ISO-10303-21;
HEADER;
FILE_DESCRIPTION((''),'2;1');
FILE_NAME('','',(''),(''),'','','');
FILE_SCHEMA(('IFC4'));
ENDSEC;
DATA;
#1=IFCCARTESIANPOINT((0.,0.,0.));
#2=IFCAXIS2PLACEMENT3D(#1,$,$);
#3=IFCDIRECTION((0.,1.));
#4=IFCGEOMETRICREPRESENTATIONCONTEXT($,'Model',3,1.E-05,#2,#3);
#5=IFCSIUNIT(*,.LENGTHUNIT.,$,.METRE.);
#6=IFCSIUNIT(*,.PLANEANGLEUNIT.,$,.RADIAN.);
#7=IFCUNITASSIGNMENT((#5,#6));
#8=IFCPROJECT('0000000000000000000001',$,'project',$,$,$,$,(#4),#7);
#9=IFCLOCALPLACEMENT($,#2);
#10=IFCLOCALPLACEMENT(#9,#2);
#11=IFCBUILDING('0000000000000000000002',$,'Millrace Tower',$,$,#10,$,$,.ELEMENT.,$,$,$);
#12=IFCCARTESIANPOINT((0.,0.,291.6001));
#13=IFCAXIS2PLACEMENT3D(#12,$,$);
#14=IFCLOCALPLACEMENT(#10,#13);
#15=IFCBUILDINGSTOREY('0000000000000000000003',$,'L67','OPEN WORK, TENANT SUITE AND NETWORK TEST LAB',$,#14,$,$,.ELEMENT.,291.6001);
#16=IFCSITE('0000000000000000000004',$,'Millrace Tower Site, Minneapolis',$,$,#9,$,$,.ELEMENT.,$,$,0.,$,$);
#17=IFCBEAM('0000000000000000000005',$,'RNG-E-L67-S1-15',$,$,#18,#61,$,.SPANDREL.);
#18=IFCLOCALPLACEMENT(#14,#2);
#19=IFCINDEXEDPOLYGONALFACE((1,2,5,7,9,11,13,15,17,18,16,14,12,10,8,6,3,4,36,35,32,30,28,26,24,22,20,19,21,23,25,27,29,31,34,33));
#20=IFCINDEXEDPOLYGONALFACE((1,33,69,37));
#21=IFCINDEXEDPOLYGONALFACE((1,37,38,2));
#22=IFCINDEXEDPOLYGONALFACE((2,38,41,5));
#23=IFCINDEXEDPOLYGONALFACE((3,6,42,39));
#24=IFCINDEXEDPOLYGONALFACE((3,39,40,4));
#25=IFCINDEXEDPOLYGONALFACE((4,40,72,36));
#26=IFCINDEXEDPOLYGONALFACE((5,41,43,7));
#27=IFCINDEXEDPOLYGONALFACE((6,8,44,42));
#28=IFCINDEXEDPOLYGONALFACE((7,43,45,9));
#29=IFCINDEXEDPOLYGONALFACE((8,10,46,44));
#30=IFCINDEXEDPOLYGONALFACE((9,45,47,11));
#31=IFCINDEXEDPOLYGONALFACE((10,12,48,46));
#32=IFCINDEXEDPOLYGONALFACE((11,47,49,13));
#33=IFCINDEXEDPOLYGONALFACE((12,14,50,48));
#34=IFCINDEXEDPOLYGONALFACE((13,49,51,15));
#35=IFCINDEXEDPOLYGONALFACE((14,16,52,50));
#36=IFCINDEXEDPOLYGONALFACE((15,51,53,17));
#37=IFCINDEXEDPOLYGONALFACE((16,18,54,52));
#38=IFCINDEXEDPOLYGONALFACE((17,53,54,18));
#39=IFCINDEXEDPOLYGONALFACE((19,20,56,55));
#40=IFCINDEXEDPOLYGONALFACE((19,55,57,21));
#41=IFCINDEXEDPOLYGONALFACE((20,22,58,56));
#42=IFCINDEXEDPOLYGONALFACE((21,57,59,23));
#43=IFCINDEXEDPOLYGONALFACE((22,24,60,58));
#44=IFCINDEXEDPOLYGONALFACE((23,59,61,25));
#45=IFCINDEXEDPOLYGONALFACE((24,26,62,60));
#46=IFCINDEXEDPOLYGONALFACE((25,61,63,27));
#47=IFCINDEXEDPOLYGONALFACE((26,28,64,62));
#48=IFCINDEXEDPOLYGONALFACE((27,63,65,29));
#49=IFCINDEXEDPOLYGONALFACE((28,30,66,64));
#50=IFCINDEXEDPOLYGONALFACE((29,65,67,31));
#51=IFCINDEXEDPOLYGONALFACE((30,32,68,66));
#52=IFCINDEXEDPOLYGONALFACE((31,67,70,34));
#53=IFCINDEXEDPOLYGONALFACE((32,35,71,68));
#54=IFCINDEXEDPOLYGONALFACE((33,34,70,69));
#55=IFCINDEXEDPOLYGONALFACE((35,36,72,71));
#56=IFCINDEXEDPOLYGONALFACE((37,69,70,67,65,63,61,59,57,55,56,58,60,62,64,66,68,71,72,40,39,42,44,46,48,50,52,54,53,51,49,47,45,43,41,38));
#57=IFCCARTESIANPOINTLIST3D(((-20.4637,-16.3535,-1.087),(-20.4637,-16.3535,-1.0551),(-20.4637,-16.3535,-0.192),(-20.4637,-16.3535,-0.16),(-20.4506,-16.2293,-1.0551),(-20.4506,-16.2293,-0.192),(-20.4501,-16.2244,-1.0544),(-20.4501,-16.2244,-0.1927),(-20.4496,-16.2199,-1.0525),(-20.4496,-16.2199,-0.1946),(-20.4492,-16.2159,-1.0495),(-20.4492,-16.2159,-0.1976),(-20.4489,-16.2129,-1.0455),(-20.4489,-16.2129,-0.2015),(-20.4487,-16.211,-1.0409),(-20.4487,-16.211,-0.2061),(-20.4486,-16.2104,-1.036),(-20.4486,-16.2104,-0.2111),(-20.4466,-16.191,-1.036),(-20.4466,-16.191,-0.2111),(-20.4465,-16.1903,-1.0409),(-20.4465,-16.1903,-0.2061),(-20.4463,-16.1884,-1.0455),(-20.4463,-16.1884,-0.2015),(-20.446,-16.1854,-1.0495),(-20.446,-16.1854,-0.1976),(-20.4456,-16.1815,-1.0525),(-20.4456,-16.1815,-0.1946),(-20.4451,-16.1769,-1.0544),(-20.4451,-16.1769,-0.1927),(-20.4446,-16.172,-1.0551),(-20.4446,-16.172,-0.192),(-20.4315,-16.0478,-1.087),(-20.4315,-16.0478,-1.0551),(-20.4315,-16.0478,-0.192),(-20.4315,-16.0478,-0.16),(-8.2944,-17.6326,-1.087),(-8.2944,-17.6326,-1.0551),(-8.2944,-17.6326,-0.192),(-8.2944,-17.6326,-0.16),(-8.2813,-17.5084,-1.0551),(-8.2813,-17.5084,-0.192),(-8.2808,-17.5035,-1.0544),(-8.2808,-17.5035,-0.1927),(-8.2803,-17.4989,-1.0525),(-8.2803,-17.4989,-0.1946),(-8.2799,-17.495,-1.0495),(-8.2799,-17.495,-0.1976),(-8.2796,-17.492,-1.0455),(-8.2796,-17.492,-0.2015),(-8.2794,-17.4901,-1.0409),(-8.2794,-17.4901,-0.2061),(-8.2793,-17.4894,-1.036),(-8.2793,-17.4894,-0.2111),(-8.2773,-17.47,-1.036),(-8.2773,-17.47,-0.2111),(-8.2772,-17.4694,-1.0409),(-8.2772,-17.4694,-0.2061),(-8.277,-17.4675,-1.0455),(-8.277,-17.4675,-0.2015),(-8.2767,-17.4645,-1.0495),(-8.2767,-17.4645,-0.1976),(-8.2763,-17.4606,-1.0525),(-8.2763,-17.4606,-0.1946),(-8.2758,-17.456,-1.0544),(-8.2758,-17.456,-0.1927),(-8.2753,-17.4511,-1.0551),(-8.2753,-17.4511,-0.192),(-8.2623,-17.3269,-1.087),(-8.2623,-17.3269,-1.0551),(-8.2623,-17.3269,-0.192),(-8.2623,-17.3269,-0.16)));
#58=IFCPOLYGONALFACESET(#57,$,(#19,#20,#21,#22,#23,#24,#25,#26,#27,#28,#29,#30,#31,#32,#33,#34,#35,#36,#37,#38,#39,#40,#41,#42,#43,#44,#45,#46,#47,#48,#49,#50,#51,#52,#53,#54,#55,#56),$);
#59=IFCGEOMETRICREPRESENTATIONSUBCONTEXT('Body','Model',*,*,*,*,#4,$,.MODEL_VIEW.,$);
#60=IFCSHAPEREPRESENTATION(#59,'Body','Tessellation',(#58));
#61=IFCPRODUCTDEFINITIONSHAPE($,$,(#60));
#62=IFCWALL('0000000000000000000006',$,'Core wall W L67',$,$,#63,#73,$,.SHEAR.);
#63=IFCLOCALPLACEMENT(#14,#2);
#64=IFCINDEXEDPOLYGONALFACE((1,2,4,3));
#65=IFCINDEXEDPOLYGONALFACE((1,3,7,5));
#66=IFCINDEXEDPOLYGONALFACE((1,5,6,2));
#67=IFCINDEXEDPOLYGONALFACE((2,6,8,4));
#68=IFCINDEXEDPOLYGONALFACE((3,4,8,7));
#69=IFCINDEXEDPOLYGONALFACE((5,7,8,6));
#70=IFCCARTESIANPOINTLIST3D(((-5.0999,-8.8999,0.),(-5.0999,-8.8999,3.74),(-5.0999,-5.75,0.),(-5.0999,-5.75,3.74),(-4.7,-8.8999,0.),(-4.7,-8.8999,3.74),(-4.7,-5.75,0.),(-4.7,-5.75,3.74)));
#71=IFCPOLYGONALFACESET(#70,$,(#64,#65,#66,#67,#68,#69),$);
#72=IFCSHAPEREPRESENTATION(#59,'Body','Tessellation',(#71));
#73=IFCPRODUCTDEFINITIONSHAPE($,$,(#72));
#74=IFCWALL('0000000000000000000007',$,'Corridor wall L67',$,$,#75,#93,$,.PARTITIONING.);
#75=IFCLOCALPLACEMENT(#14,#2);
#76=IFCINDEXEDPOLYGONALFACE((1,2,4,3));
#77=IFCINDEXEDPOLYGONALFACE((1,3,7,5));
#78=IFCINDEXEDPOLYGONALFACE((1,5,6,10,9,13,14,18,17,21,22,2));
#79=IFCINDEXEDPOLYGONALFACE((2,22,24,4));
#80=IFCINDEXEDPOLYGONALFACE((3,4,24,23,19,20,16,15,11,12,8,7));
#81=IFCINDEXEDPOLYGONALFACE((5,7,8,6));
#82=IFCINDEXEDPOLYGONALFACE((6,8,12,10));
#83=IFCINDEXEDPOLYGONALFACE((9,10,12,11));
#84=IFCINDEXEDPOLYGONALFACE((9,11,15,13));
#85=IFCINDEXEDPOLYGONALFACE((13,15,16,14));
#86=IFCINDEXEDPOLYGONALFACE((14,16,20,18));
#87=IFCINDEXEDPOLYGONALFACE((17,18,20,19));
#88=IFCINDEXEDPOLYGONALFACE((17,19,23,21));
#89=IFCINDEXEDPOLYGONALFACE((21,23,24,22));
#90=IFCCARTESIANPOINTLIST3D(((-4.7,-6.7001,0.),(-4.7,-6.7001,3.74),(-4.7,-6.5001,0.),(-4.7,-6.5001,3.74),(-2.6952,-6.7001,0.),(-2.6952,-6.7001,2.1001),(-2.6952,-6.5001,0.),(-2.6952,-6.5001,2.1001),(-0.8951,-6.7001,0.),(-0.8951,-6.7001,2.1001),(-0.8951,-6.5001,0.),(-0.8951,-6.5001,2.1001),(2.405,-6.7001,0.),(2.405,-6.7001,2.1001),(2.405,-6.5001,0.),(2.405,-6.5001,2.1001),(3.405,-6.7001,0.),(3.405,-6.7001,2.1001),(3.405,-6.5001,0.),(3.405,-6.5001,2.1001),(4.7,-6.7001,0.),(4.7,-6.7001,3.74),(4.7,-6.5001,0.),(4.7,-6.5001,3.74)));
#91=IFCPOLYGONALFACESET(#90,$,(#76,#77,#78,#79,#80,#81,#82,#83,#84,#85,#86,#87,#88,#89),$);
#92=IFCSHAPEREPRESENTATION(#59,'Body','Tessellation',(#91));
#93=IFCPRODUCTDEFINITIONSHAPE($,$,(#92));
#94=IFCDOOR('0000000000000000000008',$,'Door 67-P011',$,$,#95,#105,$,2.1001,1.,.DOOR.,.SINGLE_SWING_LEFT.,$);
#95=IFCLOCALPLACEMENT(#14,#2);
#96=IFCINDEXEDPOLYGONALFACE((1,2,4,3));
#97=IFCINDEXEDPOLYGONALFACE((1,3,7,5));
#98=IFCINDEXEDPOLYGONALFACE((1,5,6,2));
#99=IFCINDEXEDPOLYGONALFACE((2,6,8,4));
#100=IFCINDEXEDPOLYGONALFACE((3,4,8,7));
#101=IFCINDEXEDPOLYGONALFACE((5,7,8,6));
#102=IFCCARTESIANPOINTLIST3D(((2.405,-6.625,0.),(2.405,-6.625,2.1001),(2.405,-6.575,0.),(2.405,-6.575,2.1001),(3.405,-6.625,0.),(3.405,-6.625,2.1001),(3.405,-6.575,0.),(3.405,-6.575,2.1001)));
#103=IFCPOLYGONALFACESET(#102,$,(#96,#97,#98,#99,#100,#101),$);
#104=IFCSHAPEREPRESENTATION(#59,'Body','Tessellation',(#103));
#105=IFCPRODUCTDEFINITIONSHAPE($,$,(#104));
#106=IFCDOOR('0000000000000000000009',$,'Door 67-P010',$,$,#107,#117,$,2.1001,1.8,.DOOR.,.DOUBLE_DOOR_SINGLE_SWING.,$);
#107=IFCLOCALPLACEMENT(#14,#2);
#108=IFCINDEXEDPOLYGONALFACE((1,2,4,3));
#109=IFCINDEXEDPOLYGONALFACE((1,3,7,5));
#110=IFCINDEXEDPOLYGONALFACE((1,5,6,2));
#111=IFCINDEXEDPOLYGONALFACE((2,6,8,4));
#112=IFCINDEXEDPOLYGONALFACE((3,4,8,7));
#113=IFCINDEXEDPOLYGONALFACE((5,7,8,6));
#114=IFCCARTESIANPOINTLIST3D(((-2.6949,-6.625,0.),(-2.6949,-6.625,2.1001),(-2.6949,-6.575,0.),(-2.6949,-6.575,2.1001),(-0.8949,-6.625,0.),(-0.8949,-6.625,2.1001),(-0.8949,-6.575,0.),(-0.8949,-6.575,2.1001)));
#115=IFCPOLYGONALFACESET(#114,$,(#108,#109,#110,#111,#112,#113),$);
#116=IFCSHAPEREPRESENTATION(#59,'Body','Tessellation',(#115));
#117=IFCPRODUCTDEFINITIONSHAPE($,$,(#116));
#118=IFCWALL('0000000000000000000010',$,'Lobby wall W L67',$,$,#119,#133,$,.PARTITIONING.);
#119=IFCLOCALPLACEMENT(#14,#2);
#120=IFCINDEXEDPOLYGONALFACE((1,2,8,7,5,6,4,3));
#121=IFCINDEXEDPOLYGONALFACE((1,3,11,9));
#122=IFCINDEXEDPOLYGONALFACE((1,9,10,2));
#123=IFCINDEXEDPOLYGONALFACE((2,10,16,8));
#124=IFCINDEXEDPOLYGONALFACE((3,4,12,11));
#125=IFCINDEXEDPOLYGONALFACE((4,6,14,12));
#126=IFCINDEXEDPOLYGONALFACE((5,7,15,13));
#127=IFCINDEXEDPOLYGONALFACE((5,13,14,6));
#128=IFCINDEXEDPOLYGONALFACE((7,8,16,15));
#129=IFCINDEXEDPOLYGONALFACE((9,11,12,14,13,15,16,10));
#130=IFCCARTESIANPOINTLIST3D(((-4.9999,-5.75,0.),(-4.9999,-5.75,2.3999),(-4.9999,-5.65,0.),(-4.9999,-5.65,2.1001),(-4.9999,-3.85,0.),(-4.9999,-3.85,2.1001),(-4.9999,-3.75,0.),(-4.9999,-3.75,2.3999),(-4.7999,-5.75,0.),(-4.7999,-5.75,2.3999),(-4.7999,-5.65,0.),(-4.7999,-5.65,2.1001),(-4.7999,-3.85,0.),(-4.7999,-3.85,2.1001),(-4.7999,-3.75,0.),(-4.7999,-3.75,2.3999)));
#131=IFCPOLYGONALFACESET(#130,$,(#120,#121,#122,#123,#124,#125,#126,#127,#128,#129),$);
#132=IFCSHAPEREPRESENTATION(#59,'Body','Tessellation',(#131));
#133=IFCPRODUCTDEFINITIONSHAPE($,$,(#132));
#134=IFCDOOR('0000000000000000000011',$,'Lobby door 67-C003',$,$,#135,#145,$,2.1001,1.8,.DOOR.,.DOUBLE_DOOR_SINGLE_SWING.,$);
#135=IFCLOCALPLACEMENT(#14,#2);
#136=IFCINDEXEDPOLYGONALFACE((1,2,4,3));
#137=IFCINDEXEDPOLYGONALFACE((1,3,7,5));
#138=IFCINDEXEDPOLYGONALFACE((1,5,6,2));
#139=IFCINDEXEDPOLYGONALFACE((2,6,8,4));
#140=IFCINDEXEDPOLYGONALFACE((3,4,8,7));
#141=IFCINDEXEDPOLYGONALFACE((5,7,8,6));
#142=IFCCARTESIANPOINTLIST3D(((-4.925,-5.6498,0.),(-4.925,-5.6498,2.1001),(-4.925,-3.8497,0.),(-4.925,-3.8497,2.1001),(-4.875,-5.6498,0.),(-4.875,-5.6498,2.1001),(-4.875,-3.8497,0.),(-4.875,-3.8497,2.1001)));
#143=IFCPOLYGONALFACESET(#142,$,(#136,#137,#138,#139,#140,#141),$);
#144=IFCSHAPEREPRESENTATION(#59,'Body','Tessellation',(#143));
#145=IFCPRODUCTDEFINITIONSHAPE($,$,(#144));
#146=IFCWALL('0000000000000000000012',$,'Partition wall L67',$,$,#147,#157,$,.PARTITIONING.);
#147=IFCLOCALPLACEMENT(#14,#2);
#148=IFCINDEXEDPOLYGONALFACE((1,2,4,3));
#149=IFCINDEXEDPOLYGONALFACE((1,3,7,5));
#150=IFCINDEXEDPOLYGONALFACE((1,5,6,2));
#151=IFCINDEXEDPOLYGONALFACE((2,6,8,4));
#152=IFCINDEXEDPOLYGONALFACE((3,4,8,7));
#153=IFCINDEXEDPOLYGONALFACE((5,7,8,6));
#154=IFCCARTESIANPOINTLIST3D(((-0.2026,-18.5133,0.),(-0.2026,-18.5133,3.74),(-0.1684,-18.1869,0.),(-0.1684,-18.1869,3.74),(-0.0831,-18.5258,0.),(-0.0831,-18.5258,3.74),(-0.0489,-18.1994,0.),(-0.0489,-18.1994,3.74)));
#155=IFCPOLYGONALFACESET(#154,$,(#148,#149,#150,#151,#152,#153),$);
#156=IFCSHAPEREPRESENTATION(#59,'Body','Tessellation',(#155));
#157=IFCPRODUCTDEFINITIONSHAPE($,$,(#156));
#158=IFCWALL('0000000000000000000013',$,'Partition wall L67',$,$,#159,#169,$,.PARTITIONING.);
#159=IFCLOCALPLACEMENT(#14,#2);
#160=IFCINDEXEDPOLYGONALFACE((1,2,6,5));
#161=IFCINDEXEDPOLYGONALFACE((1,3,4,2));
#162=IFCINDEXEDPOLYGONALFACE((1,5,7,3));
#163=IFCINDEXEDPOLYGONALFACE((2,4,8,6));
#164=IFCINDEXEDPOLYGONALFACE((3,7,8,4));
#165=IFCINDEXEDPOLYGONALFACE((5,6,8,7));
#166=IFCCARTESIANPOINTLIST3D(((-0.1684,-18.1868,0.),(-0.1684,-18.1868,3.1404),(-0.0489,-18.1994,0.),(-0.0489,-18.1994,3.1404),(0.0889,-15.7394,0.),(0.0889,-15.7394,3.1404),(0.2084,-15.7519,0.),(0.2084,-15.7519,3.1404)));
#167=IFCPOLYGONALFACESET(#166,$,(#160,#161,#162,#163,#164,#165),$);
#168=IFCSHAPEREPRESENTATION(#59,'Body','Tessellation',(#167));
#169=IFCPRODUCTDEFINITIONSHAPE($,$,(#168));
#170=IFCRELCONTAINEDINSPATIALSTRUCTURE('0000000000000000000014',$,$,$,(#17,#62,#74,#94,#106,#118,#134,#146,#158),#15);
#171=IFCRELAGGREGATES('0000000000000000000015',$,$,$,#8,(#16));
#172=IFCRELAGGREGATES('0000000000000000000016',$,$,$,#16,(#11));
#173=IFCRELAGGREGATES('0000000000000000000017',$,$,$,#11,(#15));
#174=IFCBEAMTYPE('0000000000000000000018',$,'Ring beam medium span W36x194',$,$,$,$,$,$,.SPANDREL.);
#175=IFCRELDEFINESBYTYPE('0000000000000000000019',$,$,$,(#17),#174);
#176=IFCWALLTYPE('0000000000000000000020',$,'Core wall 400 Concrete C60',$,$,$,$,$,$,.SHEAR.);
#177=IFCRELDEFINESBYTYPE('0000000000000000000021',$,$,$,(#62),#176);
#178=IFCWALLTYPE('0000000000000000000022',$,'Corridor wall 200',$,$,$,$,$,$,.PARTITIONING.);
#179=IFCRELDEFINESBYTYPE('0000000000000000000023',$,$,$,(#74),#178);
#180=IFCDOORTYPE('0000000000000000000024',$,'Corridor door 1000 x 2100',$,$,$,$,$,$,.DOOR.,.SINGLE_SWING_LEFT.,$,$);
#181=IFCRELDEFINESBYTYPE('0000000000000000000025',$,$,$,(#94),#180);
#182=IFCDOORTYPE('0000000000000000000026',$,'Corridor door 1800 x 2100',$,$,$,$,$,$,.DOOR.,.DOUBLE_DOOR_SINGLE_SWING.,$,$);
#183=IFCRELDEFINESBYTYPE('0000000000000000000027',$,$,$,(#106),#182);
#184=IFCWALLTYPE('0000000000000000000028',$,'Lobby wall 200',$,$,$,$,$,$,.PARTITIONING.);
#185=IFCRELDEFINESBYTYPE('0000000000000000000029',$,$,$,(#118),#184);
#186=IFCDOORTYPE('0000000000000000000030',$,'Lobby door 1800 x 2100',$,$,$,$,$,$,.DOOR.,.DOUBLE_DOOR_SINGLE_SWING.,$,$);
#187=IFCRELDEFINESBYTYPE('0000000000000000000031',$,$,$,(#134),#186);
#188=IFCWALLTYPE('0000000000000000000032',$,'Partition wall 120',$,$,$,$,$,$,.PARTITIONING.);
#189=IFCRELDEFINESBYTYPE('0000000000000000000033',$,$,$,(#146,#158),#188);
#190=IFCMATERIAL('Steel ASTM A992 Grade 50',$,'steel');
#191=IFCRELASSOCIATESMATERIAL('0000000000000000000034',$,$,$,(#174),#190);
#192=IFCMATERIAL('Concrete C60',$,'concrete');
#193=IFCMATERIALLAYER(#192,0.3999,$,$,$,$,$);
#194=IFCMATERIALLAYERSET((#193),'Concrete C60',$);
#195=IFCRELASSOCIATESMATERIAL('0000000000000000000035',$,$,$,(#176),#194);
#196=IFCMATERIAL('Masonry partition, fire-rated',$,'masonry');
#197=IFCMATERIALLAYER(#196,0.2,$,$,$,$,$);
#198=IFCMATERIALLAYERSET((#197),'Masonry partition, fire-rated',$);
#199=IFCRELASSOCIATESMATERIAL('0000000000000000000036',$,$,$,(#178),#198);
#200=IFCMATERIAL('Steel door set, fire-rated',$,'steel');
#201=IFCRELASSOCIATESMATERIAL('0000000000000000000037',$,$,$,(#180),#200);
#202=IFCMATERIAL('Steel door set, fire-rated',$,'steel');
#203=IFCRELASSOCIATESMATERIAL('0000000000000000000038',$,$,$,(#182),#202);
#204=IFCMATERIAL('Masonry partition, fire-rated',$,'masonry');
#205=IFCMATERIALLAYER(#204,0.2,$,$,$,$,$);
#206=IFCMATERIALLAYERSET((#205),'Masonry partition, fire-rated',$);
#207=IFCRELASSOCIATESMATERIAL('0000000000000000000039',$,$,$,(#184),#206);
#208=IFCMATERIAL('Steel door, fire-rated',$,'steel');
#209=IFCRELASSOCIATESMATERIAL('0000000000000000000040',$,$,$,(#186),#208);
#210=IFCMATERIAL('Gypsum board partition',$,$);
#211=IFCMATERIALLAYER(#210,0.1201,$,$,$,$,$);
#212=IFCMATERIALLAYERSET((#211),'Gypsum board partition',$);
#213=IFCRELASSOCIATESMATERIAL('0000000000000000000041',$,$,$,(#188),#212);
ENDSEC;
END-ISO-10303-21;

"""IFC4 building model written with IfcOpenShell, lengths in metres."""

from ifc_helpers import new_model, si_unit, direction, frame, frame_2d, origin, origin_2d, place, context, subcontext, project, spatial, rectangle, i_section, extrude, material, layer, layer_set, material_profile, profile_set, type_object, element, fill, save


model = new_model("IFC4")

# Units and contexts
model_context = context("Model", 3, precision=1e-05, world=origin(), true_north=direction((0.0, 1.0)))
body_context = subcontext(model_context, "Body", "Model", "MODEL_VIEW")
ifc_project = project(units=[si_unit("LENGTHUNIT", "METRE"), si_unit("PLANEANGLEUNIT", "RADIAN")], contexts=[model_context])

# Site, building, storey
site_placement = place(None, origin())
site = spatial("IfcSite", under=ifc_project, at=site_placement, Name="Millrace Tower Site, Minneapolis", CompositionType="ELEMENT", RefElevation=0.0)
building_placement = place(site_placement, origin())
building = spatial("IfcBuilding", under=site, at=building_placement, Name="Millrace Tower", CompositionType="ELEMENT")
storey_placement = place(building_placement, frame((0.0, 0.0, 291.6001)))
storey = spatial("IfcBuildingStorey", under=building, at=storey_placement, Name="L67", Description="OPEN WORK, TENANT SUITE AND NETWORK TEST LAB", CompositionType="ELEMENT", Elevation=291.6001)

# Beam
ifc_material_1 = material(Name="Steel ASTM A992 Grade 50", Category="steel")
ifc_material_profile_1 = material_profile(ifc_material_1, i_section(OverallWidth=0.3074, OverallDepth=0.927, WebThickness=0.0195, FlangeThickness=0.032, FilletRadius=0.019, at=origin_2d()))
ifc_profile_set_1 = profile_set([ifc_material_profile_1], Name="Steel ASTM A992 Grade 50")
beam_type_1 = type_object("IfcBeamType", Name="Ring beam medium span W36x194", PredefinedType="SPANDREL", material=ifc_profile_set_1)
beam_1_placement = place(storey_placement, frame((-8.2783, -17.4797, -0.6235), z_axis=(-0.994522, 0.10453, 0.0), x_axis=(-0.10453, -0.994522, 0.0)))
element("IfcBeam", 1, at=beam_1_placement, inside=storey, type_object=beam_type_1, Name="RNG-E-L67-S1-15", PredefinedType="SPANDREL", context=body_context, shape_type="SweptSolid", body=[
    extrude(i_section(OverallWidth=0.3074, OverallDepth=0.927, WebThickness=0.0195, FlangeThickness=0.032, FilletRadius=0.019, at=origin_2d()), origin(), (0.0, 0.0, 1.0), 12.2363),
])

# Wall
ifc_material_2 = material(Name="Concrete C60", Category="concrete")
ifc_layer_1 = layer(ifc_material_2, 0.3999)
ifc_layer_set_1 = layer_set([ifc_layer_1], Name="Concrete C60")
wall_type_1 = type_object("IfcWallType", Name="Core wall 400 Concrete C60", PredefinedType="SHEAR", material=ifc_layer_set_1)
wall_1_placement = place(storey_placement, frame((-4.8999, -8.8999, 0.0), z_axis=(0.0, 0.0, 1.0), x_axis=(0.0, 1.0, 0.0)))
element("IfcWall", 2, at=wall_1_placement, inside=storey, type_object=wall_type_1, Name="Core wall W L67", PredefinedType="SHEAR", context=body_context, shape_type="SweptSolid", body=[
    extrude(rectangle(XDim=3.1499, YDim=0.3999, at=frame_2d((1.575, 0.0))), origin(), (0.0, 0.0, 1.0), 3.74),
])

# Wall, openings, doors
ifc_material_3 = material(Name="Masonry partition, fire-rated", Category="masonry")
ifc_layer_2 = layer(ifc_material_3, 0.2)
ifc_layer_set_2 = layer_set([ifc_layer_2], Name="Masonry partition, fire-rated")
wall_type_2 = type_object("IfcWallType", Name="Corridor wall 200", PredefinedType="PARTITIONING", material=ifc_layer_set_2)
wall_2_placement = place(storey_placement, frame((-4.7, -6.6001, 0.0), z_axis=(0.0, 0.0, 1.0), x_axis=(1.0, 0.0, 0.0)))
wall_2 = element("IfcWall", 3, at=wall_2_placement, inside=storey, type_object=wall_type_2, Name="Corridor wall L67", PredefinedType="PARTITIONING", context=body_context, shape_type="SweptSolid", body=[
    extrude(rectangle(XDim=9.3999, YDim=0.2, at=frame_2d((4.7, 0.0))), origin(), (0.0, 0.0, 1.0), 3.74),
])
opening_1_placement = place(wall_2_placement, frame((2.0049, 0.0, 0.0)))
opening_1 = element("IfcOpeningElement", 4, at=opening_1_placement, cuts=wall_2, PredefinedType="OPENING", context=body_context, shape_type="SweptSolid", body=[
    extrude(rectangle(XDim=1.8, YDim=2.1001, at=frame_2d((0.8999, 1.05))), frame((0.0, 0.1099, 0.0), z_axis=(0.0, -1.0, 0.0), x_axis=(1.0, 0.0, 0.0)), (0.0, 0.0, 1.0), 0.22),
])
opening_2_placement = place(wall_2_placement, frame((7.105, 0.0, 0.0)))
opening_2 = element("IfcOpeningElement", 5, at=opening_2_placement, cuts=wall_2, PredefinedType="OPENING", context=body_context, shape_type="SweptSolid", body=[
    extrude(rectangle(XDim=1.0, YDim=2.1001, at=frame_2d((0.5, 1.05))), frame((0.0, 0.1099, 0.0), z_axis=(0.0, -1.0, 0.0), x_axis=(1.0, 0.0, 0.0)), (0.0, 0.0, 1.0), 0.22),
])
ifc_material_4 = material(Name="Steel door set, fire-rated", Category="steel")
door_type_1 = type_object("IfcDoorType", Name="Corridor door 1000 x 2100", OperationType="SINGLE_SWING_LEFT", PredefinedType="DOOR", material=ifc_material_4)
door_1_placement = place(opening_2_placement, frame((1.0, 0.0, 0.0), z_axis=(0.0, 0.0, 1.0), x_axis=(-1.0, 0.0, 0.0)))
door_1 = element("IfcDoor", 6, at=door_1_placement, inside=storey, type_object=door_type_1, Name="Door 67-P011", OperationType="SINGLE_SWING_LEFT", OverallHeight=2.1001, OverallWidth=1.0, PredefinedType="DOOR", context=body_context, shape_type="SweptSolid", body=[
    extrude(rectangle(XDim=1.0, YDim=2.1001, at=frame_2d((0.5, 1.05))), frame((0.0, 0.0249, 0.0), z_axis=(0.0, -1.0, 0.0), x_axis=(1.0, 0.0, 0.0)), (0.0, 0.0, 1.0), 0.05),
])
fill(opening_2, door_1)
ifc_material_5 = material(Name="Steel door set, fire-rated", Category="steel")
door_type_2 = type_object("IfcDoorType", Name="Corridor door 1800 x 2100", OperationType="DOUBLE_DOOR_SINGLE_SWING", PredefinedType="DOOR", material=ifc_material_5)
door_2_placement = place(opening_1_placement, frame((1.8, 0.0, 0.0), z_axis=(0.0, 0.0, 1.0), x_axis=(-1.0, 0.0, 0.0)))
door_2 = element("IfcDoor", 7, at=door_2_placement, inside=storey, type_object=door_type_2, Name="Door 67-P010", OperationType="DOUBLE_DOOR_SINGLE_SWING", OverallHeight=2.1001, OverallWidth=1.8, PredefinedType="DOOR", context=body_context, shape_type="SweptSolid", body=[
    extrude(rectangle(XDim=1.8, YDim=2.1001, at=frame_2d((0.8999, 1.05))), frame((0.0, 0.0249, 0.0), z_axis=(0.0, -1.0, 0.0), x_axis=(1.0, 0.0, 0.0)), (0.0, 0.0, 1.0), 0.05),
])
fill(opening_1, door_2)

# Wall, opening, door
ifc_material_6 = material(Name="Masonry partition, fire-rated", Category="masonry")
ifc_layer_3 = layer(ifc_material_6, 0.2)
ifc_layer_set_3 = layer_set([ifc_layer_3], Name="Masonry partition, fire-rated")
wall_type_3 = type_object("IfcWallType", Name="Lobby wall 200", PredefinedType="PARTITIONING", material=ifc_layer_set_3)
wall_3_placement = place(storey_placement, frame((-4.8999, -5.75, 0.0), z_axis=(0.0, 0.0, 1.0), x_axis=(0.0, 1.0, 0.0)))
wall_3 = element("IfcWall", 8, at=wall_3_placement, inside=storey, type_object=wall_type_3, Name="Lobby wall W L67", PredefinedType="PARTITIONING", context=body_context, shape_type="SweptSolid", body=[
    extrude(rectangle(XDim=2.0, YDim=0.2, at=frame_2d((1.0, 0.0))), origin(), (0.0, 0.0, 1.0), 2.3999),
])
opening_3_placement = place(wall_3_placement, frame((0.1001, 0.0, 0.0)))
opening_3 = element("IfcOpeningElement", 9, at=opening_3_placement, cuts=wall_3, PredefinedType="OPENING", context=body_context, shape_type="SweptSolid", body=[
    extrude(rectangle(XDim=1.8, YDim=2.1001, at=frame_2d((0.8999, 1.05))), frame((0.0, 0.1099, 0.0), z_axis=(0.0, -1.0, 0.0), x_axis=(1.0, 0.0, 0.0)), (0.0, 0.0, 1.0), 0.22),
])
ifc_material_7 = material(Name="Steel door, fire-rated", Category="steel")
door_type_3 = type_object("IfcDoorType", Name="Lobby door 1800 x 2100", OperationType="DOUBLE_DOOR_SINGLE_SWING", PredefinedType="DOOR", material=ifc_material_7)
door_3_placement = place(opening_3_placement, frame((1.8, 0.0, 0.0), z_axis=(0.0, 0.0, 1.0), x_axis=(-1.0, 0.0, 0.0)))
door_3 = element("IfcDoor", 10, at=door_3_placement, inside=storey, type_object=door_type_3, Name="Lobby door 67-C003", OperationType="DOUBLE_DOOR_SINGLE_SWING", OverallHeight=2.1001, OverallWidth=1.8, PredefinedType="DOOR", context=body_context, shape_type="SweptSolid", body=[
    extrude(rectangle(XDim=1.8, YDim=2.1001, at=frame_2d((0.8999, 1.05))), frame((0.0, 0.0249, 0.0), z_axis=(0.0, -1.0, 0.0), x_axis=(1.0, 0.0, 0.0)), (0.0, 0.0, 1.0), 0.05),
])
fill(opening_3, door_3)

# Walls
ifc_material_8 = material(Name="Gypsum board partition")
ifc_layer_4 = layer(ifc_material_8, 0.1201)
ifc_layer_set_4 = layer_set([ifc_layer_4], Name="Gypsum board partition")
wall_type_4 = type_object("IfcWallType", Name="Partition wall 120", PredefinedType="PARTITIONING", material=ifc_layer_set_4)
wall_4_placement = place(storey_placement, frame((-0.1428, -18.5195, 0.0), z_axis=(0.0, 0.0, 1.0), x_axis=(0.104143, 0.994562, 0.0)))
element("IfcWall", 11, at=wall_4_placement, inside=storey, type_object=wall_type_4, Name="Partition wall L67", PredefinedType="PARTITIONING", context=body_context, shape_type="SweptSolid", body=[
    extrude(rectangle(XDim=0.3281, YDim=0.1201, at=frame_2d((0.1641, 0.0))), origin(), (0.0, 0.0, 1.0), 3.74),
])
wall_5_placement = place(storey_placement, frame((-0.1086, -18.1931, 0.0), z_axis=(0.0, 0.0, 1.0), x_axis=(0.104561, 0.994518, 0.0)))
element("IfcWall", 12, at=wall_5_placement, inside=storey, type_object=wall_type_4, Name="Partition wall L67", PredefinedType="PARTITIONING", context=body_context, shape_type="SweptSolid", body=[
    extrude(rectangle(XDim=2.4609, YDim=0.1201, at=frame_2d((1.2305, 0.0))), origin(), (0.0, 0.0, 1.0), 3.1404),
])

save(model, "model.ifc")
